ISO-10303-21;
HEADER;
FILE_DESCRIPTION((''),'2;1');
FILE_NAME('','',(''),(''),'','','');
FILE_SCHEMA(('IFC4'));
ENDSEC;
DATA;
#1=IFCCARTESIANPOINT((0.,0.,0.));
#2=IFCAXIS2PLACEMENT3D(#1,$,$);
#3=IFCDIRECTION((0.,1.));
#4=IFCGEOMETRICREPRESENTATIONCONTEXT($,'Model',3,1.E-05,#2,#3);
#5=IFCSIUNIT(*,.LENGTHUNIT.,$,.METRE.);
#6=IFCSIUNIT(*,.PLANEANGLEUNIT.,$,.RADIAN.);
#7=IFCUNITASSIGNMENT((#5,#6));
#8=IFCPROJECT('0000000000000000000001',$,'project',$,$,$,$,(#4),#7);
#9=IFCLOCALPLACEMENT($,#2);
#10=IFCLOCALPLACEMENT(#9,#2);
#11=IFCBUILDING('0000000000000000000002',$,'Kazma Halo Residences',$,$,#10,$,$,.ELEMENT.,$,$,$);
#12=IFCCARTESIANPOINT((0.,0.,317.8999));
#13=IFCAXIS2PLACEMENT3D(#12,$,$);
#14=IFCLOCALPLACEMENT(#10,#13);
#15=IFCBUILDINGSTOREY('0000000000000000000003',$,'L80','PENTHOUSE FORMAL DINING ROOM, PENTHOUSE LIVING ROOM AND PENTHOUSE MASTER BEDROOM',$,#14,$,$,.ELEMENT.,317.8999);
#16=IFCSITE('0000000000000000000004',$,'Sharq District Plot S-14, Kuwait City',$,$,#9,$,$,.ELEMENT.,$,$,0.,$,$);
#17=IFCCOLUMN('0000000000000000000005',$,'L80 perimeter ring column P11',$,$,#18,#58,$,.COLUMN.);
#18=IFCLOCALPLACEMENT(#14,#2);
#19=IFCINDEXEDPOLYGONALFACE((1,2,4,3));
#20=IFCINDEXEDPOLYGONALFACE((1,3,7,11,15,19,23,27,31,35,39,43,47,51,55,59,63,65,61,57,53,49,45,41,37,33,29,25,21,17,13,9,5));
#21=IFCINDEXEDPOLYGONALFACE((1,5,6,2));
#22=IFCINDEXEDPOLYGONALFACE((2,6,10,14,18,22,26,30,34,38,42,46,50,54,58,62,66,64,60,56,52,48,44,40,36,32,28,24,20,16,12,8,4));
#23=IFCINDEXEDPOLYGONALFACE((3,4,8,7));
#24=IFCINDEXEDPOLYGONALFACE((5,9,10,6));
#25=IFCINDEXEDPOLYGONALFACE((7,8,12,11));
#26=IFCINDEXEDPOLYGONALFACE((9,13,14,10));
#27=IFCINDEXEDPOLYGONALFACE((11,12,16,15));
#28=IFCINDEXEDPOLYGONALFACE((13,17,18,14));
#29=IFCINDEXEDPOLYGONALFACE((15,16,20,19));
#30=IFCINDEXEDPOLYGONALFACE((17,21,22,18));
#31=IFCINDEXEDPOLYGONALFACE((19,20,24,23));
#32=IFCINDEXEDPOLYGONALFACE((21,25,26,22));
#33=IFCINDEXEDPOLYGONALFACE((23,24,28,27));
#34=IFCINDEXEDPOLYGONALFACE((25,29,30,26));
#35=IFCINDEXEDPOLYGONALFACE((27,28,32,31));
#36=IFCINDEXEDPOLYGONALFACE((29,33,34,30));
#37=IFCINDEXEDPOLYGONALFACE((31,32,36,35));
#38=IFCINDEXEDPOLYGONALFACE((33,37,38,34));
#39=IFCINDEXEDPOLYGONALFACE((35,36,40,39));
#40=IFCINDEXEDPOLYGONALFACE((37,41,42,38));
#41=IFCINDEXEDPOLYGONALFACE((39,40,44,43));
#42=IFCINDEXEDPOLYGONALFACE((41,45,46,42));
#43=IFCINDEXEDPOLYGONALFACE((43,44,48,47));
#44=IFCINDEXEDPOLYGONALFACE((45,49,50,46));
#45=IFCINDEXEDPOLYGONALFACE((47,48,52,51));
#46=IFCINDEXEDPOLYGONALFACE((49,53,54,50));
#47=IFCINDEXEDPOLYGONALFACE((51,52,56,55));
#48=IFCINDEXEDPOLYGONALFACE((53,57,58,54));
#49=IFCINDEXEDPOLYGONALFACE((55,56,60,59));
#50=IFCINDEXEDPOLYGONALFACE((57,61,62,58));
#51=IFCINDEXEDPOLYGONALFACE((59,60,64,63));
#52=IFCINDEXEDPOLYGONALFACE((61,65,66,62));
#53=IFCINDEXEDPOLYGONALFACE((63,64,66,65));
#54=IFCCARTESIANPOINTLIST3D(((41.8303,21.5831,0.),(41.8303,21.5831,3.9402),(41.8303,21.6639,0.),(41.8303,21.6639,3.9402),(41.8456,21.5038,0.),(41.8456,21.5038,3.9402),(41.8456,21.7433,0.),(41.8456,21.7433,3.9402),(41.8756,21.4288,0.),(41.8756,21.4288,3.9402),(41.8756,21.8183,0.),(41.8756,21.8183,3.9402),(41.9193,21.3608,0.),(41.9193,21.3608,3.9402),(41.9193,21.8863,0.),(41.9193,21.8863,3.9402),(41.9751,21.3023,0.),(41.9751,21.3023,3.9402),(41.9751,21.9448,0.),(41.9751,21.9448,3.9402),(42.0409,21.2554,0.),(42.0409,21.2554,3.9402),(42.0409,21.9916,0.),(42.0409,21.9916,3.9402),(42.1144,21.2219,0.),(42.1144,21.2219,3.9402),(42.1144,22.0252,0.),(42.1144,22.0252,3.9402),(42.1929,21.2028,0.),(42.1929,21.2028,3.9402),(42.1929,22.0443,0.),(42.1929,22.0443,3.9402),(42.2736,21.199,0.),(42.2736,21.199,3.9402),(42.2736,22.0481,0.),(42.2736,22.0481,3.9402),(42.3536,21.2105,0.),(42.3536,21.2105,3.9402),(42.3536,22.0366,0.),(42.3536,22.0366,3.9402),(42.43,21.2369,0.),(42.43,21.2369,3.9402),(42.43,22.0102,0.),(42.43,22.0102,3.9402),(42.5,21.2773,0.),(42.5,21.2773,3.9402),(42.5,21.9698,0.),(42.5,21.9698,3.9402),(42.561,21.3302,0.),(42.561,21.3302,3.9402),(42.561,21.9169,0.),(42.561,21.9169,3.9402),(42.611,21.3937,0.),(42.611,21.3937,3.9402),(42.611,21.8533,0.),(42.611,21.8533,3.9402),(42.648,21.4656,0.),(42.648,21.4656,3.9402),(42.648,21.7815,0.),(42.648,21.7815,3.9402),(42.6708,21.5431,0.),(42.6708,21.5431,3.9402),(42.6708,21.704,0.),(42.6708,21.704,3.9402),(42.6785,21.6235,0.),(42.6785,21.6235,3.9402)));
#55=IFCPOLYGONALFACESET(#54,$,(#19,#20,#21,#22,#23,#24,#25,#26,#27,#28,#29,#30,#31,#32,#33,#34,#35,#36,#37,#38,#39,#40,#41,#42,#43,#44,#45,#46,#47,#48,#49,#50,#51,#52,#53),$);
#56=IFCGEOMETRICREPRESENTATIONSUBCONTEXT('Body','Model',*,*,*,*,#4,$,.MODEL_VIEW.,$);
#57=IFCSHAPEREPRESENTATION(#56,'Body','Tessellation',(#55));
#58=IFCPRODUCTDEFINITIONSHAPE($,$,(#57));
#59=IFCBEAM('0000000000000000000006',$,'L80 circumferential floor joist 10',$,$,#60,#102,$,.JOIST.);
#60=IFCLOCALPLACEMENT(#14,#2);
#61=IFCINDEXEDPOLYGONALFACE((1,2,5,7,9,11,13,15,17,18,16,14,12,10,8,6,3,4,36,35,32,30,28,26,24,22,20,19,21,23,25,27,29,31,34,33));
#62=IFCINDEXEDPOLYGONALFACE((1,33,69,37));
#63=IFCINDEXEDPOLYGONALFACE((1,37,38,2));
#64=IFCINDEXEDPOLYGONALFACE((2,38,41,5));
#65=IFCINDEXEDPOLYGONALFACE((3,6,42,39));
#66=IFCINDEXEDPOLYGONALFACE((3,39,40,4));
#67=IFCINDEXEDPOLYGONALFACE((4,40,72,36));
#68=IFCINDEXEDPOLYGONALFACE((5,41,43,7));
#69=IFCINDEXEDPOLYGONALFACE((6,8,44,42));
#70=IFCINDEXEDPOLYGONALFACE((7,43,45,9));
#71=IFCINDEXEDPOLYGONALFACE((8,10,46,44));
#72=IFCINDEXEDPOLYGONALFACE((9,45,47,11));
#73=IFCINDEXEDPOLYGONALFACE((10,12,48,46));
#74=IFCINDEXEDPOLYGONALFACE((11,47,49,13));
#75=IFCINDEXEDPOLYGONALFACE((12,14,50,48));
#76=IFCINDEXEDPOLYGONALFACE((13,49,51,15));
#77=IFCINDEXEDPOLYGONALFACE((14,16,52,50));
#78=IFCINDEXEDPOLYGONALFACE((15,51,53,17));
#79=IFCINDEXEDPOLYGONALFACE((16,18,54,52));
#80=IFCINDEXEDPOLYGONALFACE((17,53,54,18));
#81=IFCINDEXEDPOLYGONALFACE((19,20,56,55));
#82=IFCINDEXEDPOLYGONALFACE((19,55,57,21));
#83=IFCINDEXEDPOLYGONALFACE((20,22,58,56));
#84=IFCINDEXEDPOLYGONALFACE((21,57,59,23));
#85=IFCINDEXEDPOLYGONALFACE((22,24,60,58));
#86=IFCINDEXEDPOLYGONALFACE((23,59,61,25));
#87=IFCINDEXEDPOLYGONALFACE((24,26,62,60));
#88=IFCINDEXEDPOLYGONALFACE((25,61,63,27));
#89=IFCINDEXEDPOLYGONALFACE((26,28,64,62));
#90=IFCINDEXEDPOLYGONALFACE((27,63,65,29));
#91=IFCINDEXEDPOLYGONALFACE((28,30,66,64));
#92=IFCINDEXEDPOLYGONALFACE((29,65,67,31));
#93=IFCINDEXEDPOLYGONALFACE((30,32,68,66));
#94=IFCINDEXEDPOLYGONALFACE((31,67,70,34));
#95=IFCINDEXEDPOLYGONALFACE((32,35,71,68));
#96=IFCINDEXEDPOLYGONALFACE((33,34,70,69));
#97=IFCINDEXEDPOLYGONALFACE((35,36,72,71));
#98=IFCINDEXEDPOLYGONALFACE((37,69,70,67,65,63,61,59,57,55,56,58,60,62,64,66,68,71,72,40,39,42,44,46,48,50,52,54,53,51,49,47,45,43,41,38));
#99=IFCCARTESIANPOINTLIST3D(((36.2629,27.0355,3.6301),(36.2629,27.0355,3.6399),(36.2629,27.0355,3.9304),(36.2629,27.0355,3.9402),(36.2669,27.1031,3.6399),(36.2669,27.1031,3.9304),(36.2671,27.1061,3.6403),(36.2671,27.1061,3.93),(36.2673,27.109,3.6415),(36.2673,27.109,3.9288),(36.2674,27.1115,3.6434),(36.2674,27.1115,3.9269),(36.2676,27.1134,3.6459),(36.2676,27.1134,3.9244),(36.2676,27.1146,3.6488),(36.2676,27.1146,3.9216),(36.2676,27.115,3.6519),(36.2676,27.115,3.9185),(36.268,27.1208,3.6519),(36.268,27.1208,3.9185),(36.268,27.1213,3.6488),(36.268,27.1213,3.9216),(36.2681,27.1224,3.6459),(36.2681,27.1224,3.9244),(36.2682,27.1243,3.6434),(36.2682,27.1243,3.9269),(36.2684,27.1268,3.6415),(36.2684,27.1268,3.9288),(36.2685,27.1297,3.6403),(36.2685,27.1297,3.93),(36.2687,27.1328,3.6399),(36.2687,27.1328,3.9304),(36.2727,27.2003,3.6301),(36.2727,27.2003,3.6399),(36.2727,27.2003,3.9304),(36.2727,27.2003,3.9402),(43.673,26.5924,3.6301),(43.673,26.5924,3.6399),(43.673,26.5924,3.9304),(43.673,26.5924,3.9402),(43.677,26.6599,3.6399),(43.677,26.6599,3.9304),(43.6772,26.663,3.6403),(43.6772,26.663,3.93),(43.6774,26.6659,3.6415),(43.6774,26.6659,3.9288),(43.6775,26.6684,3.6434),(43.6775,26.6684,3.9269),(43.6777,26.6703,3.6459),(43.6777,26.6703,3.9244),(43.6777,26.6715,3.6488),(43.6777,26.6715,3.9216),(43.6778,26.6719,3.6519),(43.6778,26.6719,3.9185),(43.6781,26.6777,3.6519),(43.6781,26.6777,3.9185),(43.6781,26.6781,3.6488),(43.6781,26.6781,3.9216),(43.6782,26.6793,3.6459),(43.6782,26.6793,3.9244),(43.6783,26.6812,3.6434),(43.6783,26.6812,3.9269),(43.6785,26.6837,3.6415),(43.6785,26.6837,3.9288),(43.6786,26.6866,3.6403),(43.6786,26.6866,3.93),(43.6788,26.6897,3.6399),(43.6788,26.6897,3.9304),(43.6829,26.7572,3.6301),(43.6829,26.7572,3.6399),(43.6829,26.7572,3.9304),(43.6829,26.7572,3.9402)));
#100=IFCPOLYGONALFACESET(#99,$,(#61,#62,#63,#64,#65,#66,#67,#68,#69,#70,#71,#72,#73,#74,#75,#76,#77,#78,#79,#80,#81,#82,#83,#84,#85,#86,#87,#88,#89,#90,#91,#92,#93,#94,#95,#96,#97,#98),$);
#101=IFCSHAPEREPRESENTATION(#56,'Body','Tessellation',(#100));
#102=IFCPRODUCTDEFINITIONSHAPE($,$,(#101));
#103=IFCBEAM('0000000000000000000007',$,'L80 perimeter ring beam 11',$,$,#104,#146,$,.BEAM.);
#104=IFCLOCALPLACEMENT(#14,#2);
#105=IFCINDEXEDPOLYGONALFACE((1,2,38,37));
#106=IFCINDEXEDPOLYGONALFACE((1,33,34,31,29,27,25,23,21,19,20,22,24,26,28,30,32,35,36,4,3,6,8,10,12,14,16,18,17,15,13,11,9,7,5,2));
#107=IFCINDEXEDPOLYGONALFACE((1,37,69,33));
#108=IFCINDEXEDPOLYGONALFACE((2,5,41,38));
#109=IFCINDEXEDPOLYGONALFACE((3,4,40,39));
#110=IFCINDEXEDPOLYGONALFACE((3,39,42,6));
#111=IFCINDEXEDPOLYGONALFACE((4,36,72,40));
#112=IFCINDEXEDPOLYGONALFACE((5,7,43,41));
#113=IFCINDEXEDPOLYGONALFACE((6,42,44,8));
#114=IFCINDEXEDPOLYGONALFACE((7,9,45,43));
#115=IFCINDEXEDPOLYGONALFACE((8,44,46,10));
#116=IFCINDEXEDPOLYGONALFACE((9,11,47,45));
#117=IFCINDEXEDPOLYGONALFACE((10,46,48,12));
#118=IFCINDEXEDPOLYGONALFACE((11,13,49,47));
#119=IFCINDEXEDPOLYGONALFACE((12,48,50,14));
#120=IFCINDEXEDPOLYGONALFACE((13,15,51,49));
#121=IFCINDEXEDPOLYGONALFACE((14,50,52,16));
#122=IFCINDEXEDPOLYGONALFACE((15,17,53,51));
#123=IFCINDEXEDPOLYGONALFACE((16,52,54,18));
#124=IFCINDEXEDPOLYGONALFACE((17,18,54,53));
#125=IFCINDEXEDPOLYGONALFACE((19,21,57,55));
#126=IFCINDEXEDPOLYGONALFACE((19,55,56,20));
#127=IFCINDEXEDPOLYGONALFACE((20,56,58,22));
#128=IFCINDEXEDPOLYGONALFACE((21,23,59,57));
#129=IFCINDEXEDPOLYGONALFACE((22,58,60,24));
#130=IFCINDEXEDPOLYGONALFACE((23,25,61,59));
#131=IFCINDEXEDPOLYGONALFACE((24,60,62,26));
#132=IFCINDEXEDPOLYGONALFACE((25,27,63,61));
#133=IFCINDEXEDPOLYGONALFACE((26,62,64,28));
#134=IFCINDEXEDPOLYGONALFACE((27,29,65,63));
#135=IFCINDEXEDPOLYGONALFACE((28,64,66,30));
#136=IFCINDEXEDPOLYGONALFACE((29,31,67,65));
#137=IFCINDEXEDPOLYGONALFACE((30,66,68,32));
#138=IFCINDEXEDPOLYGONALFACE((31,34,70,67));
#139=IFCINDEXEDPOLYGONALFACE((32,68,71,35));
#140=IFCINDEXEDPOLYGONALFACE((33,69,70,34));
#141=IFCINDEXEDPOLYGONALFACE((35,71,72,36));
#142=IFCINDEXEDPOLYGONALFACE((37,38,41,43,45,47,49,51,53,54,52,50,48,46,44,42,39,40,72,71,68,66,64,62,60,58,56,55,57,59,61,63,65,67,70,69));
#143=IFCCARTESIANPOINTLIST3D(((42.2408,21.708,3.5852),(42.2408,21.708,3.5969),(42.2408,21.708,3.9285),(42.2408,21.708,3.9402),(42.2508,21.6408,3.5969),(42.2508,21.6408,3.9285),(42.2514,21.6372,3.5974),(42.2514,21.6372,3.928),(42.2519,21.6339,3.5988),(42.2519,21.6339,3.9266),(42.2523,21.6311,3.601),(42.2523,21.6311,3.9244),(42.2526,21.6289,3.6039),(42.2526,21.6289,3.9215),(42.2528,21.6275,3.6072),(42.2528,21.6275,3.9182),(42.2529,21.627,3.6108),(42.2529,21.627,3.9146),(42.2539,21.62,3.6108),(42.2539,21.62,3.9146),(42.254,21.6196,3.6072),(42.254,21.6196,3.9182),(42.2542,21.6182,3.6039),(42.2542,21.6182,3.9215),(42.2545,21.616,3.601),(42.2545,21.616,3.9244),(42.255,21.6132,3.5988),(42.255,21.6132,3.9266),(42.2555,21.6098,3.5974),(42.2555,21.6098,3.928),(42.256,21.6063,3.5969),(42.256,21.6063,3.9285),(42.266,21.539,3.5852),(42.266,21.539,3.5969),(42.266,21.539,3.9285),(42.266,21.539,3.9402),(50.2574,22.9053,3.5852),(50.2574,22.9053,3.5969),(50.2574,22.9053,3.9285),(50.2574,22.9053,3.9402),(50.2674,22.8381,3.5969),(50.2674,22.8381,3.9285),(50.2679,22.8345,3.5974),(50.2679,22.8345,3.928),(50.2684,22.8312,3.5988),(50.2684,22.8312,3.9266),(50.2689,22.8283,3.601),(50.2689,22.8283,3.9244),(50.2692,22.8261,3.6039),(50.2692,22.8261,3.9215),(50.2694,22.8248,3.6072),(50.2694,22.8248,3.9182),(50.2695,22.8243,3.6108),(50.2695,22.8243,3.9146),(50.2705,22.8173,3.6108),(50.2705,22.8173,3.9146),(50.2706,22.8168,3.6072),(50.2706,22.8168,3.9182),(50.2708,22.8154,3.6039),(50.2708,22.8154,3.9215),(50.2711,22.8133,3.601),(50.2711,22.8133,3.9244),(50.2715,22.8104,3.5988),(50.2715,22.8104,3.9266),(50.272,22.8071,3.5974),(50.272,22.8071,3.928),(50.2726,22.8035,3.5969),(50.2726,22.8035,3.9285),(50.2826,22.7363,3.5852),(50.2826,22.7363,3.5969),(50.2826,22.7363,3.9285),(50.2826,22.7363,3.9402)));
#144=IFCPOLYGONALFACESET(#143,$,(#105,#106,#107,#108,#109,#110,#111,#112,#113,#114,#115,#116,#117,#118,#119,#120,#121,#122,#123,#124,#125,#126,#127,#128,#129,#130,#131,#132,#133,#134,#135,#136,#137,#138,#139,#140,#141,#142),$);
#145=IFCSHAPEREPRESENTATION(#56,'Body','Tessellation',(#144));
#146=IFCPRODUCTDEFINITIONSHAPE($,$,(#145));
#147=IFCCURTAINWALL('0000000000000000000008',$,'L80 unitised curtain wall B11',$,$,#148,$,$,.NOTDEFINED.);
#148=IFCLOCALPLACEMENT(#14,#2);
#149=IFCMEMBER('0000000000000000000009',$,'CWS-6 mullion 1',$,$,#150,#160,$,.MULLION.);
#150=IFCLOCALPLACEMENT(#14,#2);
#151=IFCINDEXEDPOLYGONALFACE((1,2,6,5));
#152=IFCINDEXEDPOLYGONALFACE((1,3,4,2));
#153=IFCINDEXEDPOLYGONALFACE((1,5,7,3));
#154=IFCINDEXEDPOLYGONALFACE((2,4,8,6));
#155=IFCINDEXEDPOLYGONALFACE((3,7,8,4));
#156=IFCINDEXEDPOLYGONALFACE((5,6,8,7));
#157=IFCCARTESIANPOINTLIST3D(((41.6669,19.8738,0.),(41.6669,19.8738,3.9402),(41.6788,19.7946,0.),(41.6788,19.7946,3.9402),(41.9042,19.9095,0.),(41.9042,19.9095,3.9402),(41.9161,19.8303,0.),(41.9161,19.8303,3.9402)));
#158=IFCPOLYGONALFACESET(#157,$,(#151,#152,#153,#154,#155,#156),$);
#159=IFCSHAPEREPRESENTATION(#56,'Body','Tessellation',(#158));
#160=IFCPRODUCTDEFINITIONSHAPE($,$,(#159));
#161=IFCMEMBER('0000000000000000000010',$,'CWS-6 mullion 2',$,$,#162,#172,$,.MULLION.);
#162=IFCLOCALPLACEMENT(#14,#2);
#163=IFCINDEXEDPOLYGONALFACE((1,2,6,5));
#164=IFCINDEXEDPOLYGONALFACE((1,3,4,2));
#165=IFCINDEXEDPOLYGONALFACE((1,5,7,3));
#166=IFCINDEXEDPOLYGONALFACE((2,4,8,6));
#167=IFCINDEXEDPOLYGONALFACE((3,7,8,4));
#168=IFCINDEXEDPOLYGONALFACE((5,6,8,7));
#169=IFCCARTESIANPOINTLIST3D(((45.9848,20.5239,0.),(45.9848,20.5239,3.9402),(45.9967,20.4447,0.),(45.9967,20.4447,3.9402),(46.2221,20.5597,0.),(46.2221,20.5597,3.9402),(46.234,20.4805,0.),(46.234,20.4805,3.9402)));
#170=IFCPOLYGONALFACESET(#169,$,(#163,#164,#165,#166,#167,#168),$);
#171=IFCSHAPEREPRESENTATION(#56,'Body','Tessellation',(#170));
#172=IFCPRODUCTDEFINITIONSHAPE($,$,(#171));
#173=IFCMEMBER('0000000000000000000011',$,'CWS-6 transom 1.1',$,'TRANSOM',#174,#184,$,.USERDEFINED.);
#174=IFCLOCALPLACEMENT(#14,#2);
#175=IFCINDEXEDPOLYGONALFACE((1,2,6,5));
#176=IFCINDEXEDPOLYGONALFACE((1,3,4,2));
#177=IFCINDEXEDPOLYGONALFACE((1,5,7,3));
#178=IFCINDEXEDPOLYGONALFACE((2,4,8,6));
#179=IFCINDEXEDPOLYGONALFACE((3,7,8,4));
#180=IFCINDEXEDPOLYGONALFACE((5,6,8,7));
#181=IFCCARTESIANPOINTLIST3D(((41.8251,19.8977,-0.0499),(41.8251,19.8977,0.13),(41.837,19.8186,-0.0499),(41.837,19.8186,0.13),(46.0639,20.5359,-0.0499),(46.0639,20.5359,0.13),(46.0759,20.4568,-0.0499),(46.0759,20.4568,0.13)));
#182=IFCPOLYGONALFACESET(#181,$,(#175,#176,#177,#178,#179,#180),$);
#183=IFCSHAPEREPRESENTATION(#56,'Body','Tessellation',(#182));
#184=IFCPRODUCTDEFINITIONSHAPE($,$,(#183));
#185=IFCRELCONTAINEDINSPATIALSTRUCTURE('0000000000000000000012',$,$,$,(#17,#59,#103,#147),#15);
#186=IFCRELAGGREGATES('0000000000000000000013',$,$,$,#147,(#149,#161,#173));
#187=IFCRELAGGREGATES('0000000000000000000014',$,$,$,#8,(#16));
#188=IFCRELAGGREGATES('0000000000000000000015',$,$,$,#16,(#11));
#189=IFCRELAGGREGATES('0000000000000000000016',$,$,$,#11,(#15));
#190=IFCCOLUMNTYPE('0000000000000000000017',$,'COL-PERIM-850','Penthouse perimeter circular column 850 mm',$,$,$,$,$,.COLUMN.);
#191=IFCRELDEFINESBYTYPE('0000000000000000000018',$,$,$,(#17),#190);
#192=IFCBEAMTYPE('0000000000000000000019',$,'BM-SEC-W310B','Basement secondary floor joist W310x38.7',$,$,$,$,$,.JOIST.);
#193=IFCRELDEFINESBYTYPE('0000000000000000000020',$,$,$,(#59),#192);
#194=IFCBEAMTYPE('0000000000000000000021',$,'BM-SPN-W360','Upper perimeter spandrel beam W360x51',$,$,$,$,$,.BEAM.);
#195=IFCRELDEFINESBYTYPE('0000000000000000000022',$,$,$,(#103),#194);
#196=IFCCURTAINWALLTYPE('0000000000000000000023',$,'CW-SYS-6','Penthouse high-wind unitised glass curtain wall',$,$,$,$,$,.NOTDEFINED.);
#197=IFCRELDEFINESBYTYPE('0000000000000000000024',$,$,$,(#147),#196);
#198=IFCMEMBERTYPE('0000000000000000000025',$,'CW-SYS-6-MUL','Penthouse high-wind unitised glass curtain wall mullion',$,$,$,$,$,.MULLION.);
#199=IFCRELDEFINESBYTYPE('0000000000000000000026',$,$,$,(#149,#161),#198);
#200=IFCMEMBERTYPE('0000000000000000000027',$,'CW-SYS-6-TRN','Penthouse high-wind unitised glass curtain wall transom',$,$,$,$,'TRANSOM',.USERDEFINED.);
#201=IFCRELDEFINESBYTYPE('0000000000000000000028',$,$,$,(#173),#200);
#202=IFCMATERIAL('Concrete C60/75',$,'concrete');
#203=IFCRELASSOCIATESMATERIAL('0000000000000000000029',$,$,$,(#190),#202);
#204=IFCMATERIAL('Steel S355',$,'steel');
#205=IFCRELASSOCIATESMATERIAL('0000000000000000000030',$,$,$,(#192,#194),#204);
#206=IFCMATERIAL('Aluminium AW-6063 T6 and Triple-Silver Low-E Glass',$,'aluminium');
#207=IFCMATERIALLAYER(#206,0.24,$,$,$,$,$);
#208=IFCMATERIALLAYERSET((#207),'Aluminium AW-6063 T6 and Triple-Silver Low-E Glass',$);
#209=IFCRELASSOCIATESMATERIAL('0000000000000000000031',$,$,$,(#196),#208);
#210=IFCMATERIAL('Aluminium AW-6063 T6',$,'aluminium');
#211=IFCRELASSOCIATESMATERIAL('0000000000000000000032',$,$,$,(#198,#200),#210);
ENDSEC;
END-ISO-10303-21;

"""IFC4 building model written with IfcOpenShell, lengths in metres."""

from ifc_helpers import new_model, si_unit, direction, frame, origin, origin_2d, place, context, subcontext, project, spatial, rectangle, circle, i_section, extrude, material, layer, layer_set, material_profile, profile_set, type_object, element, aggregate, save


model = new_model("IFC4")

# Units and contexts
model_context = context("Model", 3, precision=1e-05, world=origin(), true_north=direction((0.0, 1.0)))
body_context = subcontext(model_context, "Body", "Model", "MODEL_VIEW")
ifc_project = project(units=[si_unit("LENGTHUNIT", "METRE"), si_unit("PLANEANGLEUNIT", "RADIAN")], contexts=[model_context])

# Site, building, storey
site_placement = place(None, origin())
site = spatial("IfcSite", under=ifc_project, at=site_placement, Name="Sharq District Plot S-14, Kuwait City", CompositionType="ELEMENT", RefElevation=0.0)
building_placement = place(site_placement, origin())
building = spatial("IfcBuilding", under=site, at=building_placement, Name="Kazma Halo Residences", CompositionType="ELEMENT")
storey_placement = place(building_placement, frame((0.0, 0.0, 317.8999)))
storey = spatial("IfcBuildingStorey", under=building, at=storey_placement, Name="L80", Description="PENTHOUSE FORMAL DINING ROOM, PENTHOUSE LIVING ROOM AND PENTHOUSE MASTER BEDROOM", CompositionType="ELEMENT", Elevation=317.8999)

# Column
ifc_material_1 = material(Name="Concrete C60/75", Category="concrete")
ifc_material_profile_1 = material_profile(ifc_material_1, circle(Radius=0.425, at=origin_2d()), Name="CIRC850")
ifc_profile_set_1 = profile_set([ifc_material_profile_1], Name="Concrete C60/75")
column_type = type_object("IfcColumnType", Name="COL-PERIM-850", Description="Penthouse perimeter circular column 850 mm", PredefinedType="COLUMN", material=ifc_profile_set_1)
column_placement = place(storey_placement, frame((42.2534, 21.6235, 0.0), z_axis=(0.0, 0.0, 1.0), x_axis=(1.0, 0.0, 0.0)))
element("IfcColumn", 1, at=column_placement, inside=storey, type_object=column_type, Name="L80 perimeter ring column P11", PredefinedType="COLUMN", context=body_context, shape_type="SweptSolid", body=[
    extrude(circle(Radius=0.425, at=origin_2d()), origin(), (0.0, 0.0, 1.0), 3.9402),
])

# Beams
ifc_material_2 = material(Name="Steel S355", Category="steel")
ifc_material_profile_2 = material_profile(ifc_material_2, i_section(OverallWidth=0.165, OverallDepth=0.3101, WebThickness=0.0059, FlangeThickness=0.0098, FilletRadius=0.012, at=origin_2d()), Name="W310x38.7")
ifc_profile_set_2 = profile_set([ifc_material_profile_2], Name="Steel S355")
beam_type_1 = type_object("IfcBeamType", Name="BM-SEC-W310B", Description="Basement secondary floor joist W310x38.7", PredefinedType="JOIST", material=ifc_profile_set_2)
beam_1_placement = place(storey_placement, frame((36.2678, 27.1179, 3.7852), z_axis=(0.998217, -0.059692, 0.0), x_axis=(0.059692, 0.998217, 0.0)))
element("IfcBeam", 2, at=beam_1_placement, inside=storey, type_object=beam_type_1, Name="L80 circumferential floor joist 10", PredefinedType="JOIST", context=body_context, shape_type="SweptSolid", body=[
    extrude(i_section(OverallWidth=0.165, OverallDepth=0.3101, WebThickness=0.0059, FlangeThickness=0.0098, FilletRadius=0.012, at=origin_2d()), origin(), (0.0, 0.0, 1.0), 7.4233),
])
ifc_material_profile_3 = material_profile(ifc_material_2, i_section(OverallWidth=0.1709, OverallDepth=0.355, WebThickness=0.0071, FlangeThickness=0.0117, FilletRadius=0.0139, at=origin_2d()), Name="W360x51")
ifc_profile_set_3 = profile_set([ifc_material_profile_3], Name="Steel S355")
beam_type_2 = type_object("IfcBeamType", Name="BM-SPN-W360", Description="Upper perimeter spandrel beam W360x51", PredefinedType="BEAM", material=ifc_profile_set_3)
beam_2_placement = place(storey_placement, frame((42.2534, 21.6235, 3.7627), z_axis=(0.989031, 0.14771, 0.0), x_axis=(-0.14771, 0.989031, 0.0)))
element("IfcBeam", 3, at=beam_2_placement, inside=storey, type_object=beam_type_2, Name="L80 perimeter ring beam 11", PredefinedType="BEAM", context=body_context, shape_type="SweptSolid", body=[
    extrude(i_section(OverallWidth=0.1709, OverallDepth=0.355, WebThickness=0.0071, FlangeThickness=0.0117, FilletRadius=0.0139, at=origin_2d()), origin(), (0.0, 0.0, 1.0), 8.1055),
])

# Curtain wall, members
ifc_material_3 = material(Name="Aluminium AW-6063 T6 and Triple-Silver Low-E Glass", Category="aluminium")
ifc_layer_1 = layer(ifc_material_3, 0.24)
ifc_layer_set_1 = layer_set([ifc_layer_1], Name="Aluminium AW-6063 T6 and Triple-Silver Low-E Glass")
curtain_wall_type = type_object("IfcCurtainWallType", Name="CW-SYS-6", Description="Penthouse high-wind unitised glass curtain wall", PredefinedType="NOTDEFINED", material=ifc_layer_set_1)
curtain_wall_placement = place(storey_placement, origin())
curtain_wall = element("IfcCurtainWall", 4, at=curtain_wall_placement, inside=storey, type_object=curtain_wall_type, Name="L80 unitised curtain wall B11", PredefinedType="NOTDEFINED")
ifc_material_4 = material(Name="Aluminium AW-6063 T6", Category="aluminium")
ifc_material_profile_4 = material_profile(ifc_material_4, rectangle(XDim=0.0801, YDim=0.24, at=origin_2d()), Name="CWM-80x240")
ifc_profile_set_4 = profile_set([ifc_material_profile_4], Name="Aluminium AW-6063 T6")
member_type_1 = type_object("IfcMemberType", Name="CW-SYS-6-MUL", Description="Penthouse high-wind unitised glass curtain wall mullion", PredefinedType="MULLION", material=ifc_profile_set_4)
member_1_placement = place(storey_placement, frame((41.7915, 19.8521, 0.0), z_axis=(0.0, 0.0, 1.0), x_axis=(-0.148871, 0.988857, 0.0)))
member_1 = element("IfcMember", 5, at=member_1_placement, type_object=member_type_1, Name="CWS-6 mullion 1", PredefinedType="MULLION", context=body_context, shape_type="SweptSolid", body=[
    extrude(rectangle(XDim=0.0801, YDim=0.24, at=origin_2d()), origin(), (0.0, 0.0, 1.0), 3.9402),
])
member_2_placement = place(storey_placement, frame((46.1094, 20.5022, 0.0), z_axis=(0.0, 0.0, 1.0), x_axis=(-0.148871, 0.988857, 0.0)))
member_2 = element("IfcMember", 6, at=member_2_placement, type_object=member_type_1, Name="CWS-6 mullion 2", PredefinedType="MULLION", context=body_context, shape_type="SweptSolid", body=[
    extrude(rectangle(XDim=0.0801, YDim=0.24, at=origin_2d()), origin(), (0.0, 0.0, 1.0), 3.9402),
])
ifc_material_profile_5 = material_profile(ifc_material_4, rectangle(XDim=0.0801, YDim=0.1799, at=origin_2d()), Name="CWT-80x180")
ifc_profile_set_5 = profile_set([ifc_material_profile_5], Name="Aluminium AW-6063 T6")
member_type_2 = type_object("IfcMemberType", Name="CW-SYS-6-TRN", Description="Penthouse high-wind unitised glass curtain wall transom", ElementType="TRANSOM", PredefinedType="USERDEFINED", material=ifc_profile_set_5)
member_3_placement = place(storey_placement, frame((41.8311, 19.8582, 0.04), z_axis=(0.988855, 0.148881, 0.0), x_axis=(-0.148881, 0.988855, 0.0)))
member_3 = element("IfcMember", 7, at=member_3_placement, type_object=member_type_2, Name="CWS-6 transom 1.1", ObjectType="TRANSOM", PredefinedType="USERDEFINED", context=body_context, shape_type="SweptSolid", body=[
    extrude(rectangle(XDim=0.0801, YDim=0.1799, at=origin_2d()), origin(), (0.0, 0.0, 1.0), 4.2866),
])
aggregate(curtain_wall, [member_1, member_2, member_3])

save(model, "model.ifc")
